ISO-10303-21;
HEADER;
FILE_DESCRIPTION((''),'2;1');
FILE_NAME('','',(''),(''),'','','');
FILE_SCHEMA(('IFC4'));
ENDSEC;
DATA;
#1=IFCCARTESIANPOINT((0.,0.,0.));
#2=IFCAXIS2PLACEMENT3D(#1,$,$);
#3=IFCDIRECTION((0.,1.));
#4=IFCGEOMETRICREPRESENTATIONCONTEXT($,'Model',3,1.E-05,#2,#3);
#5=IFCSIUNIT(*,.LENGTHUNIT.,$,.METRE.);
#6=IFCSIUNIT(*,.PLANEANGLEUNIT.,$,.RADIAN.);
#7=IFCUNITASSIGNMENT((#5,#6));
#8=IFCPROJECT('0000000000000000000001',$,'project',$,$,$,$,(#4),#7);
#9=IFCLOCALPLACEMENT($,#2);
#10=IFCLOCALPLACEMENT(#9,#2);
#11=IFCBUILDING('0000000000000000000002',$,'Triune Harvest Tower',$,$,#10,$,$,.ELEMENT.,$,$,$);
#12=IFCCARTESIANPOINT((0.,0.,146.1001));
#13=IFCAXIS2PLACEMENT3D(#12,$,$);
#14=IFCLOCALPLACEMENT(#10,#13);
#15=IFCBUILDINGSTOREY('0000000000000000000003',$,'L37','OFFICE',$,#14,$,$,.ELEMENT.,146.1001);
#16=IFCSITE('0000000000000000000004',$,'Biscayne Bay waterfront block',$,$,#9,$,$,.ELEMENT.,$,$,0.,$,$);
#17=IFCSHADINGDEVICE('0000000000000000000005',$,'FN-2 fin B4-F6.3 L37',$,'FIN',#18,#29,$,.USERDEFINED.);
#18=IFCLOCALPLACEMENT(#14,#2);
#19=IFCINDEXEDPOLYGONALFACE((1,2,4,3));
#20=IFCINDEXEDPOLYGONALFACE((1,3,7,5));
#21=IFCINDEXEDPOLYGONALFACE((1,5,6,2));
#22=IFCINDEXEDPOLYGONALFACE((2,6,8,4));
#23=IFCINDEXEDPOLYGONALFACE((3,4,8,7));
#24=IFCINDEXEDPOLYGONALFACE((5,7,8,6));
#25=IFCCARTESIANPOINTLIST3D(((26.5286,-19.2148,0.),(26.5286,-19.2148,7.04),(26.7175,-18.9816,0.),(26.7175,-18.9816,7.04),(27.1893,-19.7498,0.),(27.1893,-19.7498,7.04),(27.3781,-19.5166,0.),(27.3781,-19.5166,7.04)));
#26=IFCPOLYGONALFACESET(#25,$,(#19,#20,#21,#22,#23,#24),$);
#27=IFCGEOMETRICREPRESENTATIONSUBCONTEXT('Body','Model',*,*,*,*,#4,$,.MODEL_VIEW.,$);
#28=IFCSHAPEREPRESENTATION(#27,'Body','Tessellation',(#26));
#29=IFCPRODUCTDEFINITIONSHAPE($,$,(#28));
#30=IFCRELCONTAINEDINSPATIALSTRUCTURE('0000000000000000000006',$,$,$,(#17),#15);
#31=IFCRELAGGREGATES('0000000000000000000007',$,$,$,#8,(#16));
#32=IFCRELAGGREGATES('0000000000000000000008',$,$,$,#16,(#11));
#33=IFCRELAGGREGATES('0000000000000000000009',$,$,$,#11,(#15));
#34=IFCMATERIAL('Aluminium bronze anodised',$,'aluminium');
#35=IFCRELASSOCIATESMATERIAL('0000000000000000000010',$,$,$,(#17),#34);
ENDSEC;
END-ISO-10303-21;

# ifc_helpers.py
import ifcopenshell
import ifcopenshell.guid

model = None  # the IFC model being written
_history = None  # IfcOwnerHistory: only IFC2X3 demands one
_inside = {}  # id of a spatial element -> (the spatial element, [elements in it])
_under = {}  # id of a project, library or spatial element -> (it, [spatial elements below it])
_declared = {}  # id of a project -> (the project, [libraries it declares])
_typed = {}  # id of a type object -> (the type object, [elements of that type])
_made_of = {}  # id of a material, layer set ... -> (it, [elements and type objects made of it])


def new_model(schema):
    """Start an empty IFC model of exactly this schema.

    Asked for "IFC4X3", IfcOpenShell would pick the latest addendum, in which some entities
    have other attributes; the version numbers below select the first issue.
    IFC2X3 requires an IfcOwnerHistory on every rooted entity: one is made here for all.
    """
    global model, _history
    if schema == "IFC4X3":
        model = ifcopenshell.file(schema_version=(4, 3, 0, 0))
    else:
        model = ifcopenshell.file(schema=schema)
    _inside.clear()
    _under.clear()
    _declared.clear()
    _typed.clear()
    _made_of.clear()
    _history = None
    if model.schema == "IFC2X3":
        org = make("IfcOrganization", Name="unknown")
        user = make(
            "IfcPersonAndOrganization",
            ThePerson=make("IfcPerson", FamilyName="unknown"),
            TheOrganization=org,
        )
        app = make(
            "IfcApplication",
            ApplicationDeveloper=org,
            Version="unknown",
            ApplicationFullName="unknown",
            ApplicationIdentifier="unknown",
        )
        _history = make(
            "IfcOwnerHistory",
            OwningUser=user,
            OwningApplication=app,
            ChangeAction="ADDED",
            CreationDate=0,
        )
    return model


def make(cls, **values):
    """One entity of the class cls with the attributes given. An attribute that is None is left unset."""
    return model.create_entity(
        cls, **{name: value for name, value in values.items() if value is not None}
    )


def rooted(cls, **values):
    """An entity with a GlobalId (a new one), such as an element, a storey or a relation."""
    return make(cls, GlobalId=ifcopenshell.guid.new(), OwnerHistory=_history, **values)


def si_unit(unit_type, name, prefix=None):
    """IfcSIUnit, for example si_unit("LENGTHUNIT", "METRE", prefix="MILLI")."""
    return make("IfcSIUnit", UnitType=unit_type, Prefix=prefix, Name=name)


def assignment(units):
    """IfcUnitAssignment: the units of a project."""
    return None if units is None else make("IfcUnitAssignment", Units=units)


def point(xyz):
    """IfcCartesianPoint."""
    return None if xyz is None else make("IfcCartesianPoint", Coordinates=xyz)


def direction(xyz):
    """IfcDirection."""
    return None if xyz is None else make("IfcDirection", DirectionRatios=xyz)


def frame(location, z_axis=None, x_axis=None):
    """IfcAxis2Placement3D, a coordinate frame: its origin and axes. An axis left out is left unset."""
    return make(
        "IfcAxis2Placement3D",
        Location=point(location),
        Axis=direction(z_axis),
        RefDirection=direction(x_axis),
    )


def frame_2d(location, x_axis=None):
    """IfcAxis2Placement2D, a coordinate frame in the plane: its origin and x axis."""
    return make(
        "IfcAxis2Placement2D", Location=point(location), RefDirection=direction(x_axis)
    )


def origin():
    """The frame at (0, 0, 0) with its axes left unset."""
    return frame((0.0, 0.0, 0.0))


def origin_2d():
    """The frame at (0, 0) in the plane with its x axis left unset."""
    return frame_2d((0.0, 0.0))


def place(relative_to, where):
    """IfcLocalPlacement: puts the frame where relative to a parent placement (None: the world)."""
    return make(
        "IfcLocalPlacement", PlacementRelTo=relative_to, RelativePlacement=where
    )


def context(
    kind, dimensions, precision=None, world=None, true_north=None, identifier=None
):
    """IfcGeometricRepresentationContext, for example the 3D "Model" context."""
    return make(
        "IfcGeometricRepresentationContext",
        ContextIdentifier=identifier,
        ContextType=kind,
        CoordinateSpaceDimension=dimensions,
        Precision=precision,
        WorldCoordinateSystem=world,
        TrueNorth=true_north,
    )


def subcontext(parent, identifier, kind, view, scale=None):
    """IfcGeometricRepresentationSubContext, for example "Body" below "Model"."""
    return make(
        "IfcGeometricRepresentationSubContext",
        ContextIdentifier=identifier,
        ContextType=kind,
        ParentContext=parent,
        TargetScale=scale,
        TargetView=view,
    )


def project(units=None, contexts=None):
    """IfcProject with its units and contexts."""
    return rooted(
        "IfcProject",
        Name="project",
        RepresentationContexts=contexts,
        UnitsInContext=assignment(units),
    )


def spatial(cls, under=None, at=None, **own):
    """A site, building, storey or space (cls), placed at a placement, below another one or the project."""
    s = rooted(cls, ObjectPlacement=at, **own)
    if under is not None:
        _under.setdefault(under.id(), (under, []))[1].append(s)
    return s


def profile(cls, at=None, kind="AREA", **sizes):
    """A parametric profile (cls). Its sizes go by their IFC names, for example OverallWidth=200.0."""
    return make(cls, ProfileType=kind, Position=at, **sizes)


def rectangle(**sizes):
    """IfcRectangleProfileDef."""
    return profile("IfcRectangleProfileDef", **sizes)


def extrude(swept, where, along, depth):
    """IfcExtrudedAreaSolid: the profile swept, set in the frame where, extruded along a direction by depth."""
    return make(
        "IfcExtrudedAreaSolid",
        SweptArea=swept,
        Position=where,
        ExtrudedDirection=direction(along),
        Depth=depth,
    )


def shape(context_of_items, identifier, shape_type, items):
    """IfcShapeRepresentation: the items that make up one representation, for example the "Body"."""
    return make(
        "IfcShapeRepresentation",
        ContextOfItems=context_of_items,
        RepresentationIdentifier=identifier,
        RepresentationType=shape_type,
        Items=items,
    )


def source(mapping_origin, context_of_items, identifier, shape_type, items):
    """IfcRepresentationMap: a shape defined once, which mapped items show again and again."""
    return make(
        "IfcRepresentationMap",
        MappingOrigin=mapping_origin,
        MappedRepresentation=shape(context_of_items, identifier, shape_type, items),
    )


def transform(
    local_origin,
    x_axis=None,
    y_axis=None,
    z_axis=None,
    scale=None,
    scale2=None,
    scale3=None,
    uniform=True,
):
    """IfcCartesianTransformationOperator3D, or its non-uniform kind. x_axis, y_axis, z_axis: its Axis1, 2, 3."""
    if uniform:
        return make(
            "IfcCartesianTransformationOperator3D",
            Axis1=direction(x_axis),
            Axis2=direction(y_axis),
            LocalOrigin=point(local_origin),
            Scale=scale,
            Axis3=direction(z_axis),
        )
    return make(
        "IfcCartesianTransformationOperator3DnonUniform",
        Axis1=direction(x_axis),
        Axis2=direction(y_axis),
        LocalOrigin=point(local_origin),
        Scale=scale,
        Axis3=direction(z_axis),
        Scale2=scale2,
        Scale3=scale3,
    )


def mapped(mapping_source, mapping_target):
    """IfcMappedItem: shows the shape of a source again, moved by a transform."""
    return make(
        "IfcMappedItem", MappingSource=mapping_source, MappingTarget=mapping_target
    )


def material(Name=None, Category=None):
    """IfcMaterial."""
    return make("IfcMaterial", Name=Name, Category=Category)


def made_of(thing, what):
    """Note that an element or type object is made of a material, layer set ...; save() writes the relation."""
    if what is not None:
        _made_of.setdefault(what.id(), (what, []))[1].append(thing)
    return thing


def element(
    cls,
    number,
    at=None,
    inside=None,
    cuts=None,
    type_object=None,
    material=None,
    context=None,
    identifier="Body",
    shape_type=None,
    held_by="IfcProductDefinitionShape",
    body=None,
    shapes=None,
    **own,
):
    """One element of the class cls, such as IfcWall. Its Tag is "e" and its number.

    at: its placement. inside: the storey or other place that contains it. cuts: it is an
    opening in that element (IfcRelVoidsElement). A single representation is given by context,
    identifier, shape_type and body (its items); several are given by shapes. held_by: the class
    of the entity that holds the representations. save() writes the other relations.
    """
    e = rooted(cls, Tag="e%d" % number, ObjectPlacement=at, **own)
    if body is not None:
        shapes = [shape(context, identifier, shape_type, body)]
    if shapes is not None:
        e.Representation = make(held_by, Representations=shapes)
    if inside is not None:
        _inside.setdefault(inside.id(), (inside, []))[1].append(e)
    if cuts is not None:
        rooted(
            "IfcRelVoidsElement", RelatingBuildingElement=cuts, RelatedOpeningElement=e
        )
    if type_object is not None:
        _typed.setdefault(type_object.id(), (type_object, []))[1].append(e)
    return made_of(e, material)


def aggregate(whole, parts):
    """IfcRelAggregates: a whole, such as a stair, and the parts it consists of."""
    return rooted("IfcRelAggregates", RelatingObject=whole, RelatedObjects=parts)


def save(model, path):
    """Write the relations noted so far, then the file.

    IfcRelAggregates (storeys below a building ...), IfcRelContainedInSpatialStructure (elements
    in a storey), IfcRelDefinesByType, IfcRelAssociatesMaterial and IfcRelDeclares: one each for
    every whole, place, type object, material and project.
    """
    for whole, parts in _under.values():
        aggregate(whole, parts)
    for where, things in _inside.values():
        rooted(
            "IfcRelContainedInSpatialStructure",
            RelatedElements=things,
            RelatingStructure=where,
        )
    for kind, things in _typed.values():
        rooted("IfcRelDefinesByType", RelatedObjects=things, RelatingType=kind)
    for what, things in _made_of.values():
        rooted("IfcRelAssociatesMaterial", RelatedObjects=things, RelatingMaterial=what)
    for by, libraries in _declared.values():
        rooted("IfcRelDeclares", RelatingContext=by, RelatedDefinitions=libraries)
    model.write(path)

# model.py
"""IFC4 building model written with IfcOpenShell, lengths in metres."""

from ifc_helpers import new_model, si_unit, direction, frame, origin, origin_2d, place, context, subcontext, project, spatial, rectangle, extrude, source, transform, mapped, material, element, save


model = new_model("IFC4")

# Units and contexts
model_context = context("Model", 3, precision=1e-05, world=origin(), true_north=direction((0.0, 1.0)))
body_context = subcontext(model_context, "Body", "Model", "MODEL_VIEW")
ifc_project = project(units=[si_unit("LENGTHUNIT", "METRE"), si_unit("PLANEANGLEUNIT", "RADIAN")], contexts=[model_context])

# Site, building, storey
site_placement = place(None, origin())
site = spatial("IfcSite", under=ifc_project, at=site_placement, Name="Biscayne Bay waterfront block", CompositionType="ELEMENT", RefElevation=0.0)
building_placement = place(site_placement, origin())
building = spatial("IfcBuilding", under=site, at=building_placement, Name="Triune Harvest Tower", CompositionType="ELEMENT")
storey_placement = place(building_placement, frame((0.0, 0.0, 146.1001)))
storey = spatial("IfcBuildingStorey", under=building, at=storey_placement, Name="L37", Description="OFFICE", CompositionType="ELEMENT", Elevation=146.1001)

# Shading device
ifc_material_1 = material(Name="Aluminium bronze anodised", Category="aluminium")
shared_shape_1 = source(origin(), body_context, "Body", "SweptSolid", [
    extrude(rectangle(XDim=0.3, YDim=0.8501, at=origin_2d()), origin(), (0.0, 0.0, 1.0), 7.04),
])
shading_device_placement = place(storey_placement, frame((26.9534, -19.3657, 0.0), z_axis=(0.0, 0.0, 1.0), x_axis=(0.629321, 0.777146, 0.0)))
element("IfcShadingDevice", 1, at=shading_device_placement, inside=storey, material=ifc_material_1, Name="FN-2 fin B4-F6.3 L37", ObjectType="FIN", PredefinedType="USERDEFINED", context=body_context, shape_type="MappedRepresentation", body=[
    mapped(shared_shape_1, transform((0.0, 0.0, 0.0), scale=1.0)),
])

save(model, "model.ifc")
